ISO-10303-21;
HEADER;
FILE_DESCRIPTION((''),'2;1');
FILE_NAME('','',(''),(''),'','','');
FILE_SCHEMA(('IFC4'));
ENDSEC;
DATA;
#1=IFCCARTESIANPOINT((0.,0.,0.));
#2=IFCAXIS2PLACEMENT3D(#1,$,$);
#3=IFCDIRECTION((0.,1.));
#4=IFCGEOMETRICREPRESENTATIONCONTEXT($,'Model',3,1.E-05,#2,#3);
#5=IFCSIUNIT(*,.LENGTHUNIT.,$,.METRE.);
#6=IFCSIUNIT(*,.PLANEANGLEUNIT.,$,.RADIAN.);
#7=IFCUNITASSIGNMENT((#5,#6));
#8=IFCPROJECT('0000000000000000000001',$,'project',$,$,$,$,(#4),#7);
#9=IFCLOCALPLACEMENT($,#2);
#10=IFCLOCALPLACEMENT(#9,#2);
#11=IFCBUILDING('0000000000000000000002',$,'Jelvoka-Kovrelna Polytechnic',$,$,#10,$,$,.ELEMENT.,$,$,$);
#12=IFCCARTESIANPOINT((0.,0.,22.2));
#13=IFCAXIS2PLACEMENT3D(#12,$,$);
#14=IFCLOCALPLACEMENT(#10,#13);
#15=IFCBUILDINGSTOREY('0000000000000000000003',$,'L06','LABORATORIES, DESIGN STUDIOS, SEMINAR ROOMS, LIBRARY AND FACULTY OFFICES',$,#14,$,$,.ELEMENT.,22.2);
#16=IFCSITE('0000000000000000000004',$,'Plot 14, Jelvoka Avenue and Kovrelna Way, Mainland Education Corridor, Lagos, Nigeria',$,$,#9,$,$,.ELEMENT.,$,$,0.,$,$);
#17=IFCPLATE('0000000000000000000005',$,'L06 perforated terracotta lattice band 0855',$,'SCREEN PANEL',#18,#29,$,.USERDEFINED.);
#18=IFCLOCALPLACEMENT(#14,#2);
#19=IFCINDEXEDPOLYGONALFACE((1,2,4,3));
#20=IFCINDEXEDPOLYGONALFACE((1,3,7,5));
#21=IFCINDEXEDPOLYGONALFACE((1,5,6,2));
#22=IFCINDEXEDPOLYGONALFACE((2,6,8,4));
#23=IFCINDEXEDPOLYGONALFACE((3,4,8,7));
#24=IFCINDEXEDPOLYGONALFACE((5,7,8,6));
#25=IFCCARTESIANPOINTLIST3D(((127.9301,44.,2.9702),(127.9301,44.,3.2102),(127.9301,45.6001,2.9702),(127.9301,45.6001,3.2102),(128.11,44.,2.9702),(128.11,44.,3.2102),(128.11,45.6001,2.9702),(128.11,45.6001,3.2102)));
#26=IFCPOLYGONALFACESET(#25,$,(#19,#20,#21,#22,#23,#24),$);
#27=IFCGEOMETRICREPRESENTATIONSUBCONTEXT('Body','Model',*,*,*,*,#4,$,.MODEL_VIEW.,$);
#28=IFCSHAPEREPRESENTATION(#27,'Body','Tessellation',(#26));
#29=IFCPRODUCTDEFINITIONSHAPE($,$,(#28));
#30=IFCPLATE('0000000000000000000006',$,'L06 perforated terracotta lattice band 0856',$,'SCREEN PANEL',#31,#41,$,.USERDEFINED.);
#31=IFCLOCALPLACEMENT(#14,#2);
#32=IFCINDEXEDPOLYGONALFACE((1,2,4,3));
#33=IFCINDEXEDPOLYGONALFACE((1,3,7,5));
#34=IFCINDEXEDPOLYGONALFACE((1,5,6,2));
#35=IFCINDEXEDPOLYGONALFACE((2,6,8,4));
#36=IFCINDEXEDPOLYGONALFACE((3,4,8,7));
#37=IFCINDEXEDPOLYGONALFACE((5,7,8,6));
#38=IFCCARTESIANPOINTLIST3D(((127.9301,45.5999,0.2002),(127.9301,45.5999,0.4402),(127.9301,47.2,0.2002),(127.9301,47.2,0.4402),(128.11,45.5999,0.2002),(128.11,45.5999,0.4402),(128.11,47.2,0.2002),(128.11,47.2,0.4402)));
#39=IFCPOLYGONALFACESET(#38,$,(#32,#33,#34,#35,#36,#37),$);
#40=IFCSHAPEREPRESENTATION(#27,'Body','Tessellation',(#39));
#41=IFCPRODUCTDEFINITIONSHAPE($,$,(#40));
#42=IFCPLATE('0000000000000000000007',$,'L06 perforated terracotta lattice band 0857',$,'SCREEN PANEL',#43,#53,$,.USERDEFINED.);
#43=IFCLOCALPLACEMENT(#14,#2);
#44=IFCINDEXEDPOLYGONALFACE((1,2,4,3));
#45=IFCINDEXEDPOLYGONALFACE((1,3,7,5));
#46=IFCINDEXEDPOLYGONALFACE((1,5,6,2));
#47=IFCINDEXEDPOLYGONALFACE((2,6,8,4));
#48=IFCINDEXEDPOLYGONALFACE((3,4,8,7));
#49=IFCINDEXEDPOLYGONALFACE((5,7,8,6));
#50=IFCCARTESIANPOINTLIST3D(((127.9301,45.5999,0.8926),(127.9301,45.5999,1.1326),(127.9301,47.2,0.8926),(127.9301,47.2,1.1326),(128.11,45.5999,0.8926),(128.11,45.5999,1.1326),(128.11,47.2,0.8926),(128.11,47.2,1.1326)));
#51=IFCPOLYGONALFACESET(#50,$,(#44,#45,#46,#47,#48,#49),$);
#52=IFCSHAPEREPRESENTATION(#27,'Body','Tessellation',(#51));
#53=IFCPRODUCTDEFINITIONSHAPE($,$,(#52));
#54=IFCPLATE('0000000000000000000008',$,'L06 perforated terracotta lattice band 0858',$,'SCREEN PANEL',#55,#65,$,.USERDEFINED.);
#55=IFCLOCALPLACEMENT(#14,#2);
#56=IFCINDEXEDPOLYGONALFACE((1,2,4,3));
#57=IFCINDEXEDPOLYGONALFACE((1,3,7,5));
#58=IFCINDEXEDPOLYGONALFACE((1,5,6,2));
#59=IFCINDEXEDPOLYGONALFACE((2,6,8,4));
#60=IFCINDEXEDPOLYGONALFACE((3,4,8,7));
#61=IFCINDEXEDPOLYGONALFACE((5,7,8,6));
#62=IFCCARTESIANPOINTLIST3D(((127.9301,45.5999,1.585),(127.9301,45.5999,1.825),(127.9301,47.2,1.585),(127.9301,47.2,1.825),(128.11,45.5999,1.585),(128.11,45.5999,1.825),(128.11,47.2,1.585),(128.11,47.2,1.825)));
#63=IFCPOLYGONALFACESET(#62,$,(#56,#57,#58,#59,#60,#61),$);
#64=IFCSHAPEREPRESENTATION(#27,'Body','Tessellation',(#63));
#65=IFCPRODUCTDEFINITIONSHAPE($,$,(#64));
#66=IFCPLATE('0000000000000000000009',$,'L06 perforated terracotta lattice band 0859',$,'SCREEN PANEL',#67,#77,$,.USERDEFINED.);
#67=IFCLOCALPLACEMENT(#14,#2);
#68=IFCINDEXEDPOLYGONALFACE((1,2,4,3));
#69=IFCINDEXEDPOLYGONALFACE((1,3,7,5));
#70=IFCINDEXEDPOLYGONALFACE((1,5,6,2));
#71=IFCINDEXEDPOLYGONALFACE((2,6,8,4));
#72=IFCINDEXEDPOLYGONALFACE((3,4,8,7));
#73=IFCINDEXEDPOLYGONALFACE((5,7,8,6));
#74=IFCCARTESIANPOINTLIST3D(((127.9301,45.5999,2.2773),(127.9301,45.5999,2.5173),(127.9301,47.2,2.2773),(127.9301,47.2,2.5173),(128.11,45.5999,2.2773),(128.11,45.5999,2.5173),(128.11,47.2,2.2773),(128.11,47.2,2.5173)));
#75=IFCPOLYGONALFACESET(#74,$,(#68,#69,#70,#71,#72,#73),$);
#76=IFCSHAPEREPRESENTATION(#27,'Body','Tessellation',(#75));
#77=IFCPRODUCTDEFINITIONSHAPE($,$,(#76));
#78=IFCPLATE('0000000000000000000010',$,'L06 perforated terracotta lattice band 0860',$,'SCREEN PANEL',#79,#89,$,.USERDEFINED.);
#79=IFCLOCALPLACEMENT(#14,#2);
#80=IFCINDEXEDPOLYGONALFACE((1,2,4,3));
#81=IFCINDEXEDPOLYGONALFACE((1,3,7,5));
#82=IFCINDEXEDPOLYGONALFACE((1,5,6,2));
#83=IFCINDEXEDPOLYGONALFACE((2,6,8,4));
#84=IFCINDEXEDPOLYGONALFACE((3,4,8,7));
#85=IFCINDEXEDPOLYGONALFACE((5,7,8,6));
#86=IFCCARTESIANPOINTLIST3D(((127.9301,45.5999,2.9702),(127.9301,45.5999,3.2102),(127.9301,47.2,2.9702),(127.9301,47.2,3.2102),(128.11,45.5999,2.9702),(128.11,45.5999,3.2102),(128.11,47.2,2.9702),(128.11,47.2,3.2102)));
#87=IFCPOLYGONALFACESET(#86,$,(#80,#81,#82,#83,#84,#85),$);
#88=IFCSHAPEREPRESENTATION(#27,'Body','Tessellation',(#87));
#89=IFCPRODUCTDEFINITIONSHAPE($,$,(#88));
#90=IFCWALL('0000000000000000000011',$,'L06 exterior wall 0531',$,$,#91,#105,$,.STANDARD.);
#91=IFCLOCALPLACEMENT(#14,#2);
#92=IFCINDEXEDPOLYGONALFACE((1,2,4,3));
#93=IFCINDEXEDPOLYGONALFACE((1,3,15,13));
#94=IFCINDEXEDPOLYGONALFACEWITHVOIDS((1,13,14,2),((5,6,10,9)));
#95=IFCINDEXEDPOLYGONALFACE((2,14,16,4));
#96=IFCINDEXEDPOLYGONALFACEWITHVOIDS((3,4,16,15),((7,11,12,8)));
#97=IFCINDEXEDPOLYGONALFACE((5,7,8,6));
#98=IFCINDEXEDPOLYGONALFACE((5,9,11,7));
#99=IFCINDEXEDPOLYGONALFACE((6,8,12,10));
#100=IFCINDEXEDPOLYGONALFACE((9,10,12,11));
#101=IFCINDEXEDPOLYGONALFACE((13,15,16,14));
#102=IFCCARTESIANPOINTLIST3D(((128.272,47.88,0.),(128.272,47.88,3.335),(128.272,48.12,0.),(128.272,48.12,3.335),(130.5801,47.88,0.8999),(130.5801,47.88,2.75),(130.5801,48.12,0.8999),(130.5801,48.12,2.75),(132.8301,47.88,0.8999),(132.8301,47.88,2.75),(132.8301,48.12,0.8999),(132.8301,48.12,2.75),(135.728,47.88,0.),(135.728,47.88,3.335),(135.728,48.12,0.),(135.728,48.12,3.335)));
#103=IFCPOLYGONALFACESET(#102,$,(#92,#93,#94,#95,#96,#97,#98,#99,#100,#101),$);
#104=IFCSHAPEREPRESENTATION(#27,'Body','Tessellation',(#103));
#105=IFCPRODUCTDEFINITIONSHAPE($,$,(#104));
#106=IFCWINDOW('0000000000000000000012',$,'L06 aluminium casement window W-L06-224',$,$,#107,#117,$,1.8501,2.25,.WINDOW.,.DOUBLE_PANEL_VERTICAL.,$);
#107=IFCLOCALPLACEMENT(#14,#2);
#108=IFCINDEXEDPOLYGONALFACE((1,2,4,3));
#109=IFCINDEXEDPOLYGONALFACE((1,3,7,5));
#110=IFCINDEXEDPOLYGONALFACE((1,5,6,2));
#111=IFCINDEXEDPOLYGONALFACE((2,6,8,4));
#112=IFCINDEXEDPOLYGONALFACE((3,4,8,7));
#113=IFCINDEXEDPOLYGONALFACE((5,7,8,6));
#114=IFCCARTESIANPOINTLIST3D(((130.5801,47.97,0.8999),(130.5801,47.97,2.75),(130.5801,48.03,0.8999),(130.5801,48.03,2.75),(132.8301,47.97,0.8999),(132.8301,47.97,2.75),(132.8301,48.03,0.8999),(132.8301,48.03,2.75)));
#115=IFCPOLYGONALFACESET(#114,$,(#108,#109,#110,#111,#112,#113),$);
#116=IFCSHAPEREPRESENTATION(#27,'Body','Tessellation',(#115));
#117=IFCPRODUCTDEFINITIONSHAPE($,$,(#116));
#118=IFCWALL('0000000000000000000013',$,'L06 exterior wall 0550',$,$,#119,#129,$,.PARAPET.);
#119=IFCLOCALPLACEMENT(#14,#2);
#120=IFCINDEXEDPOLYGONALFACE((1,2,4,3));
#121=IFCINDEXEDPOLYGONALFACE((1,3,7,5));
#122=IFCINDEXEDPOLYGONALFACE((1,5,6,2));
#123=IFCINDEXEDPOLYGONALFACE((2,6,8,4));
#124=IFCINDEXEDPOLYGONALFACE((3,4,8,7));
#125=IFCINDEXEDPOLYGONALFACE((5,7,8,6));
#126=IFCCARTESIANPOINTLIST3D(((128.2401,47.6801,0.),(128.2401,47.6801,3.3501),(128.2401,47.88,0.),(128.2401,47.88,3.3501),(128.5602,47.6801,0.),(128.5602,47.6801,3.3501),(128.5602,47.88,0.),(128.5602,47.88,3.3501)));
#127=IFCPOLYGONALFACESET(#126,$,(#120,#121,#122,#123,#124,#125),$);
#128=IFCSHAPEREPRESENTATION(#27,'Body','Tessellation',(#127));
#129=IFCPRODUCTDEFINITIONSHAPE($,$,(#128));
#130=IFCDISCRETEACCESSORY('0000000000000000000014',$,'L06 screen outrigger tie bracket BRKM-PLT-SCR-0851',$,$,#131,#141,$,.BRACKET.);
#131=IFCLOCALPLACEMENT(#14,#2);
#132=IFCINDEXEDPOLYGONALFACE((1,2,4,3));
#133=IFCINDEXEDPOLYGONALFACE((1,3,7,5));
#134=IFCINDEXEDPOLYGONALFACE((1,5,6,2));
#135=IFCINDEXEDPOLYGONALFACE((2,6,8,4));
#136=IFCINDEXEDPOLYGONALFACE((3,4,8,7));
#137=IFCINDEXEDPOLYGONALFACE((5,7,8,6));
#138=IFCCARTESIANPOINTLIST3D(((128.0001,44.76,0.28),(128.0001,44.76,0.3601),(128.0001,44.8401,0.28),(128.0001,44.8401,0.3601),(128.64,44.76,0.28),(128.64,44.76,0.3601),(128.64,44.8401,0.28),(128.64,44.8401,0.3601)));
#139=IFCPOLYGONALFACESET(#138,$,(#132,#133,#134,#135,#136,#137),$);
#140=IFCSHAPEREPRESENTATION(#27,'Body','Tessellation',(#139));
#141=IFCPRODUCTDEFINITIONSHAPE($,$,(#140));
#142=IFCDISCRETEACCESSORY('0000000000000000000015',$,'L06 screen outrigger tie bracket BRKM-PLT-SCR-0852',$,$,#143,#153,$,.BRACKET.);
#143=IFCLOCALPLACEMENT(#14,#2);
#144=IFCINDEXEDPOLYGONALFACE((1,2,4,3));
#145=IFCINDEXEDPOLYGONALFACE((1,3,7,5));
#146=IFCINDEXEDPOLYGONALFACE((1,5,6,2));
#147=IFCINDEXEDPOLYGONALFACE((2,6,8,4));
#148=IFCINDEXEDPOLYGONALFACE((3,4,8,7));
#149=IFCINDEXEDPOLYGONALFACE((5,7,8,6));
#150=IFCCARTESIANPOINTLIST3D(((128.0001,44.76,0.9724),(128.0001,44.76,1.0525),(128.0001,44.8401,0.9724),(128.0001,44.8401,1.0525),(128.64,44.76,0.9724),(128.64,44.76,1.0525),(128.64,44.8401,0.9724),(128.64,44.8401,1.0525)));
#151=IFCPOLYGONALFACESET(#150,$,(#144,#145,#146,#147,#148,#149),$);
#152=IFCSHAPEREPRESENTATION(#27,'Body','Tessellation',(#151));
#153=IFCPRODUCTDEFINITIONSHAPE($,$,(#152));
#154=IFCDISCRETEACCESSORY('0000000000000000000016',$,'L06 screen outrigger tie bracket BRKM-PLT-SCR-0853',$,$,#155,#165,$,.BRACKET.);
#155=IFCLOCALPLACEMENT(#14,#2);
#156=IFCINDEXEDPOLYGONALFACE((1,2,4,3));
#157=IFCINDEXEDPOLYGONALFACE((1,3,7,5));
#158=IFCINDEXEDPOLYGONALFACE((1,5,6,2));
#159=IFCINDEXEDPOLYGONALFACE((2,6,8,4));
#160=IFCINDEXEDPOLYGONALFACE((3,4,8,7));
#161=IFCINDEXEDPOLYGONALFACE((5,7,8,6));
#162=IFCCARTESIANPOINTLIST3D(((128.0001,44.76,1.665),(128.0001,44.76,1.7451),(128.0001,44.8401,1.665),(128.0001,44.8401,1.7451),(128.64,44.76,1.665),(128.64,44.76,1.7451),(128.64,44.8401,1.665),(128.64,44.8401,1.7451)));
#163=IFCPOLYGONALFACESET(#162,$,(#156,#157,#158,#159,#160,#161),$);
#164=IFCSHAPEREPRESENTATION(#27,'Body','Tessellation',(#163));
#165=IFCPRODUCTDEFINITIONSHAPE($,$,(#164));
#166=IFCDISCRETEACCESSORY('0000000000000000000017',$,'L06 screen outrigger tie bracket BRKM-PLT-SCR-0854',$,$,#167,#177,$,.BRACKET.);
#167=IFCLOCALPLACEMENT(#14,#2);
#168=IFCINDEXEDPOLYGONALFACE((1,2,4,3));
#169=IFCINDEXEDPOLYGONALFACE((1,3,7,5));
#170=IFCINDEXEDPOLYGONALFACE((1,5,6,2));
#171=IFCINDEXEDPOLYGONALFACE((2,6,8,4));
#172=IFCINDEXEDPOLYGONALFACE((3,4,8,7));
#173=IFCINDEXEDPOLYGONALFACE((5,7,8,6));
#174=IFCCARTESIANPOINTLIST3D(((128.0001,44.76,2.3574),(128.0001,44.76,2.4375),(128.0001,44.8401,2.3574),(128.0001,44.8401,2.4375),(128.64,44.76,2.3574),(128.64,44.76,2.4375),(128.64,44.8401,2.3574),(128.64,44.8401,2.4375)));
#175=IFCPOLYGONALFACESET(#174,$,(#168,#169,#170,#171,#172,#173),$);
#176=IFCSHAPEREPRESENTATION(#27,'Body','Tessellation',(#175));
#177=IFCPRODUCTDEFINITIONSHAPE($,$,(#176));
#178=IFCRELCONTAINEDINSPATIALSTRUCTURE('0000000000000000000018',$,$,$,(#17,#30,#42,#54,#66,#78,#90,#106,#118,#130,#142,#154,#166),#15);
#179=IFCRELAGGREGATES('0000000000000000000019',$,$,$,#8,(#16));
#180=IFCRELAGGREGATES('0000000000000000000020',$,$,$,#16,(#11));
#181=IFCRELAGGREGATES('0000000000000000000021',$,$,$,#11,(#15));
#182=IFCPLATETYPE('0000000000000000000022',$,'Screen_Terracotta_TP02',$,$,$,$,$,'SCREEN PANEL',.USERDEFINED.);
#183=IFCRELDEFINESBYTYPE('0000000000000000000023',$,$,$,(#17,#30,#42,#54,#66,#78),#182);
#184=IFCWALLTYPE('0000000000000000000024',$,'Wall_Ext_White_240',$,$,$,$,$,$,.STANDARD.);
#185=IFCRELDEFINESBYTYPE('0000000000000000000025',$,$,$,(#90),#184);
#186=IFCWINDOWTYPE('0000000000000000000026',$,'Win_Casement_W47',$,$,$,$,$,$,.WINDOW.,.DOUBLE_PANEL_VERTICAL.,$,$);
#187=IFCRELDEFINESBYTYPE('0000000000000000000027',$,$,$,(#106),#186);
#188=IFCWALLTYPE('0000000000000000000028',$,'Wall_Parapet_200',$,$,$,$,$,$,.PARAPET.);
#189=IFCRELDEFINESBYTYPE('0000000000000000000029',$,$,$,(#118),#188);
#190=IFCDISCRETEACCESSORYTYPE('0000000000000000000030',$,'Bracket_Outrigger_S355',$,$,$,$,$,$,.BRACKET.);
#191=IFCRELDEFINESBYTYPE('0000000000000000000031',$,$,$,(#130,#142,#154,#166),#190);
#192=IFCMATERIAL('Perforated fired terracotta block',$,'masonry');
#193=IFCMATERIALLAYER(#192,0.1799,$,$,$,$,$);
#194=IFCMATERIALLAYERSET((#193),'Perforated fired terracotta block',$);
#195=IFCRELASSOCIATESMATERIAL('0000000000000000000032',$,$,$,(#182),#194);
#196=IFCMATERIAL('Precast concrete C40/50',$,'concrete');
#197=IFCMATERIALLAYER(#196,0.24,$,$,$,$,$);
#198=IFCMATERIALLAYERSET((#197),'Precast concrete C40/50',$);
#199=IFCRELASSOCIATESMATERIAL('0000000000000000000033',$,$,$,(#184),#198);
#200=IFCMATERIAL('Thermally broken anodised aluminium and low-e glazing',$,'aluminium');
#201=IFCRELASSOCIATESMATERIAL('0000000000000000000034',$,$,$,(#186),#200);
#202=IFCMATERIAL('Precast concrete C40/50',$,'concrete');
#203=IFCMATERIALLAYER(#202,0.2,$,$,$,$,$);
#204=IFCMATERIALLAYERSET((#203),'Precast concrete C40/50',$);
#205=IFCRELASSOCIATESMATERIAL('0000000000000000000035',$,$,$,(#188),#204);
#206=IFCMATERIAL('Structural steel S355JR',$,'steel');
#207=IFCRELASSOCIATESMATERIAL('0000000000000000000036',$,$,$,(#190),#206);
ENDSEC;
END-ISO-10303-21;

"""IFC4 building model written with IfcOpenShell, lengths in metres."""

from ifc_helpers import new_model, si_unit, direction, frame, frame_2d, origin, origin_2d, place, context, subcontext, project, spatial, rectangle, extrude, material, layer, layer_set, type_object, element, fill, save


model = new_model("IFC4")

# Units and contexts
model_context = context("Model", 3, precision=1e-05, world=origin(), true_north=direction((0.0, 1.0)))
body_context = subcontext(model_context, "Body", "Model", "MODEL_VIEW")
ifc_project = project(units=[si_unit("LENGTHUNIT", "METRE"), si_unit("PLANEANGLEUNIT", "RADIAN")], contexts=[model_context])

# Site, building, storey
site_placement = place(None, origin())
site = spatial("IfcSite", under=ifc_project, at=site_placement, Name="Plot 14, Jelvoka Avenue and Kovrelna Way, Mainland Education Corridor, Lagos, Nigeria", CompositionType="ELEMENT", RefElevation=0.0)
building_placement = place(site_placement, origin())
building = spatial("IfcBuilding", under=site, at=building_placement, Name="Jelvoka-Kovrelna Polytechnic", CompositionType="ELEMENT")
storey_placement = place(building_placement, frame((0.0, 0.0, 22.2)))
storey = spatial("IfcBuildingStorey", under=building, at=storey_placement, Name="L06", Description="LABORATORIES, DESIGN STUDIOS, SEMINAR ROOMS, LIBRARY AND FACULTY OFFICES", CompositionType="ELEMENT", Elevation=22.2)

# Plates
ifc_material_1 = material(Name="Perforated fired terracotta block", Category="masonry")
ifc_layer_1 = layer(ifc_material_1, 0.1799)
ifc_layer_set_1 = layer_set([ifc_layer_1], Name="Perforated fired terracotta block")
plate_type = type_object("IfcPlateType", Name="Screen_Terracotta_TP02", ElementType="SCREEN PANEL", PredefinedType="USERDEFINED", material=ifc_layer_set_1)
for number, where, z_axis, x_axis, name in (
    (1, (128.02, 44.8, 2.9702), (0.0, 0.0, 1.0), (0.0, 1.0, 0.0), "L06 perforated terracotta lattice band 0855"),
    (2, (128.02, 46.3999, 0.2002), (0.0, 0.0, 1.0), (0.0, 1.0, 0.0), "L06 perforated terracotta lattice band 0856"),
    (3, (128.02, 46.3999, 0.8926), (0.0, 0.0, 1.0), (0.0, 1.0, 0.0), "L06 perforated terracotta lattice band 0857"),
    (4, (128.02, 46.3999, 1.585), (0.0, 0.0, 1.0), (0.0, 1.0, 0.0), "L06 perforated terracotta lattice band 0858"),
    (5, (128.02, 46.3999, 2.2773), (0.0, 0.0, 1.0), (0.0, 1.0, 0.0), "L06 perforated terracotta lattice band 0859"),
    (6, (128.02, 46.3999, 2.9702), (0.0, 0.0, 1.0), (0.0, 1.0, 0.0), "L06 perforated terracotta lattice band 0860"),
):
    element("IfcPlate", number, at=place(storey_placement, frame(where, z_axis=z_axis, x_axis=x_axis)), inside=storey, type_object=plate_type, Name=name, ObjectType="SCREEN PANEL", PredefinedType="USERDEFINED", context=body_context, shape_type="SweptSolid", body=[
        extrude(rectangle(XDim=1.6001, YDim=0.1799, at=origin_2d()), origin(), (0.0, 0.0, 1.0), 0.24),
    ])

# Wall, opening, window
ifc_material_2 = material(Name="Precast concrete C40/50", Category="concrete")
ifc_layer_2 = layer(ifc_material_2, 0.24)
ifc_layer_set_2 = layer_set([ifc_layer_2], Name="Precast concrete C40/50")
wall_type_1 = type_object("IfcWallType", Name="Wall_Ext_White_240", PredefinedType="STANDARD", material=ifc_layer_set_2)
wall_1_placement = place(storey_placement, frame((128.272, 48.0, 0.0), z_axis=(0.0, 0.0, 1.0), x_axis=(1.0, 0.0, 0.0)))
wall_1 = element("IfcWall", 7, at=wall_1_placement, inside=storey, type_object=wall_type_1, Name="L06 exterior wall 0531", PredefinedType="STANDARD", context=body_context, shape_type="SweptSolid", body=[
    extrude(rectangle(XDim=7.4561, YDim=0.24, at=frame_2d((3.728, 0.0))), origin(), (0.0, 0.0, 1.0), 3.335),
])
opening_placement = place(wall_1_placement, frame((2.3081, 0.0, 0.8999)))
opening = element("IfcOpeningElement", 8, at=opening_placement, cuts=wall_1, PredefinedType="OPENING", context=body_context, shape_type="SweptSolid", body=[
    extrude(rectangle(XDim=2.25, YDim=1.8501, at=frame_2d((1.125, 0.925))), frame((0.0, 0.1301, 0.0), z_axis=(0.0, -1.0, 0.0), x_axis=(1.0, 0.0, 0.0)), (0.0, 0.0, 1.0), 0.26),
])
ifc_material_3 = material(Name="Thermally broken anodised aluminium and low-e glazing", Category="aluminium")
window_type = type_object("IfcWindowType", Name="Win_Casement_W47", PartitioningType="DOUBLE_PANEL_VERTICAL", PredefinedType="WINDOW", material=ifc_material_3)
window_placement = place(opening_placement, origin())
window = element("IfcWindow", 9, at=window_placement, inside=storey, type_object=window_type, Name="L06 aluminium casement window W-L06-224", OverallHeight=1.8501, OverallWidth=2.25, PartitioningType="DOUBLE_PANEL_VERTICAL", PredefinedType="WINDOW", context=body_context, shape_type="SweptSolid", body=[
    extrude(rectangle(XDim=2.25, YDim=1.8501, at=frame_2d((1.125, 0.925))), frame((0.0, 0.03, 0.0), z_axis=(0.0, -1.0, 0.0), x_axis=(1.0, 0.0, 0.0)), (0.0, 0.0, 1.0), 0.0601),
])
fill(opening, window)

# Wall
ifc_material_4 = material(Name="Precast concrete C40/50", Category="concrete")
ifc_layer_3 = layer(ifc_material_4, 0.2)
ifc_layer_set_3 = layer_set([ifc_layer_3], Name="Precast concrete C40/50")
wall_type_2 = type_object("IfcWallType", Name="Wall_Parapet_200", PredefinedType="PARAPET", material=ifc_layer_set_3)
wall_2_placement = place(storey_placement, frame((128.24, 47.78, 0.0), z_axis=(0.0, 0.0, 1.0), x_axis=(1.0, 0.0, 0.0)))
element("IfcWall", 10, at=wall_2_placement, inside=storey, type_object=wall_type_2, Name="L06 exterior wall 0550", PredefinedType="PARAPET", context=body_context, shape_type="SweptSolid", body=[
    extrude(rectangle(XDim=0.3201, YDim=0.2, at=frame_2d((0.1602, 0.0))), origin(), (0.0, 0.0, 1.0), 3.3501),
])

# Discrete accessories
ifc_material_5 = material(Name="Structural steel S355JR", Category="steel")
discrete_accessory_type = type_object("IfcDiscreteAccessoryType", Name="Bracket_Outrigger_S355", PredefinedType="BRACKET", material=ifc_material_5)
for number, where, z_axis, x_axis, name in (
    (11, (128.3201, 44.8, 0.28), (0.0, 0.0, 1.0), (1.0, 0.0, 0.0), "L06 screen outrigger tie bracket BRKM-PLT-SCR-0851"),
    (12, (128.3201, 44.8, 0.9724), (0.0, 0.0, 1.0), (1.0, 0.0, 0.0), "L06 screen outrigger tie bracket BRKM-PLT-SCR-0852"),
    (13, (128.3201, 44.8, 1.665), (0.0, 0.0, 1.0), (1.0, 0.0, 0.0), "L06 screen outrigger tie bracket BRKM-PLT-SCR-0853"),
    (14, (128.3201, 44.8, 2.3574), (0.0, 0.0, 1.0), (1.0, 0.0, 0.0), "L06 screen outrigger tie bracket BRKM-PLT-SCR-0854"),
):
    element("IfcDiscreteAccessory", number, at=place(storey_placement, frame(where, z_axis=z_axis, x_axis=x_axis)), inside=storey, type_object=discrete_accessory_type, Name=name, PredefinedType="BRACKET", context=body_context, shape_type="SweptSolid", body=[
        extrude(rectangle(XDim=0.6399, YDim=0.0801, at=origin_2d()), origin(), (0.0, 0.0, 1.0), 0.0801),
    ])

save(model, "model.ifc")
